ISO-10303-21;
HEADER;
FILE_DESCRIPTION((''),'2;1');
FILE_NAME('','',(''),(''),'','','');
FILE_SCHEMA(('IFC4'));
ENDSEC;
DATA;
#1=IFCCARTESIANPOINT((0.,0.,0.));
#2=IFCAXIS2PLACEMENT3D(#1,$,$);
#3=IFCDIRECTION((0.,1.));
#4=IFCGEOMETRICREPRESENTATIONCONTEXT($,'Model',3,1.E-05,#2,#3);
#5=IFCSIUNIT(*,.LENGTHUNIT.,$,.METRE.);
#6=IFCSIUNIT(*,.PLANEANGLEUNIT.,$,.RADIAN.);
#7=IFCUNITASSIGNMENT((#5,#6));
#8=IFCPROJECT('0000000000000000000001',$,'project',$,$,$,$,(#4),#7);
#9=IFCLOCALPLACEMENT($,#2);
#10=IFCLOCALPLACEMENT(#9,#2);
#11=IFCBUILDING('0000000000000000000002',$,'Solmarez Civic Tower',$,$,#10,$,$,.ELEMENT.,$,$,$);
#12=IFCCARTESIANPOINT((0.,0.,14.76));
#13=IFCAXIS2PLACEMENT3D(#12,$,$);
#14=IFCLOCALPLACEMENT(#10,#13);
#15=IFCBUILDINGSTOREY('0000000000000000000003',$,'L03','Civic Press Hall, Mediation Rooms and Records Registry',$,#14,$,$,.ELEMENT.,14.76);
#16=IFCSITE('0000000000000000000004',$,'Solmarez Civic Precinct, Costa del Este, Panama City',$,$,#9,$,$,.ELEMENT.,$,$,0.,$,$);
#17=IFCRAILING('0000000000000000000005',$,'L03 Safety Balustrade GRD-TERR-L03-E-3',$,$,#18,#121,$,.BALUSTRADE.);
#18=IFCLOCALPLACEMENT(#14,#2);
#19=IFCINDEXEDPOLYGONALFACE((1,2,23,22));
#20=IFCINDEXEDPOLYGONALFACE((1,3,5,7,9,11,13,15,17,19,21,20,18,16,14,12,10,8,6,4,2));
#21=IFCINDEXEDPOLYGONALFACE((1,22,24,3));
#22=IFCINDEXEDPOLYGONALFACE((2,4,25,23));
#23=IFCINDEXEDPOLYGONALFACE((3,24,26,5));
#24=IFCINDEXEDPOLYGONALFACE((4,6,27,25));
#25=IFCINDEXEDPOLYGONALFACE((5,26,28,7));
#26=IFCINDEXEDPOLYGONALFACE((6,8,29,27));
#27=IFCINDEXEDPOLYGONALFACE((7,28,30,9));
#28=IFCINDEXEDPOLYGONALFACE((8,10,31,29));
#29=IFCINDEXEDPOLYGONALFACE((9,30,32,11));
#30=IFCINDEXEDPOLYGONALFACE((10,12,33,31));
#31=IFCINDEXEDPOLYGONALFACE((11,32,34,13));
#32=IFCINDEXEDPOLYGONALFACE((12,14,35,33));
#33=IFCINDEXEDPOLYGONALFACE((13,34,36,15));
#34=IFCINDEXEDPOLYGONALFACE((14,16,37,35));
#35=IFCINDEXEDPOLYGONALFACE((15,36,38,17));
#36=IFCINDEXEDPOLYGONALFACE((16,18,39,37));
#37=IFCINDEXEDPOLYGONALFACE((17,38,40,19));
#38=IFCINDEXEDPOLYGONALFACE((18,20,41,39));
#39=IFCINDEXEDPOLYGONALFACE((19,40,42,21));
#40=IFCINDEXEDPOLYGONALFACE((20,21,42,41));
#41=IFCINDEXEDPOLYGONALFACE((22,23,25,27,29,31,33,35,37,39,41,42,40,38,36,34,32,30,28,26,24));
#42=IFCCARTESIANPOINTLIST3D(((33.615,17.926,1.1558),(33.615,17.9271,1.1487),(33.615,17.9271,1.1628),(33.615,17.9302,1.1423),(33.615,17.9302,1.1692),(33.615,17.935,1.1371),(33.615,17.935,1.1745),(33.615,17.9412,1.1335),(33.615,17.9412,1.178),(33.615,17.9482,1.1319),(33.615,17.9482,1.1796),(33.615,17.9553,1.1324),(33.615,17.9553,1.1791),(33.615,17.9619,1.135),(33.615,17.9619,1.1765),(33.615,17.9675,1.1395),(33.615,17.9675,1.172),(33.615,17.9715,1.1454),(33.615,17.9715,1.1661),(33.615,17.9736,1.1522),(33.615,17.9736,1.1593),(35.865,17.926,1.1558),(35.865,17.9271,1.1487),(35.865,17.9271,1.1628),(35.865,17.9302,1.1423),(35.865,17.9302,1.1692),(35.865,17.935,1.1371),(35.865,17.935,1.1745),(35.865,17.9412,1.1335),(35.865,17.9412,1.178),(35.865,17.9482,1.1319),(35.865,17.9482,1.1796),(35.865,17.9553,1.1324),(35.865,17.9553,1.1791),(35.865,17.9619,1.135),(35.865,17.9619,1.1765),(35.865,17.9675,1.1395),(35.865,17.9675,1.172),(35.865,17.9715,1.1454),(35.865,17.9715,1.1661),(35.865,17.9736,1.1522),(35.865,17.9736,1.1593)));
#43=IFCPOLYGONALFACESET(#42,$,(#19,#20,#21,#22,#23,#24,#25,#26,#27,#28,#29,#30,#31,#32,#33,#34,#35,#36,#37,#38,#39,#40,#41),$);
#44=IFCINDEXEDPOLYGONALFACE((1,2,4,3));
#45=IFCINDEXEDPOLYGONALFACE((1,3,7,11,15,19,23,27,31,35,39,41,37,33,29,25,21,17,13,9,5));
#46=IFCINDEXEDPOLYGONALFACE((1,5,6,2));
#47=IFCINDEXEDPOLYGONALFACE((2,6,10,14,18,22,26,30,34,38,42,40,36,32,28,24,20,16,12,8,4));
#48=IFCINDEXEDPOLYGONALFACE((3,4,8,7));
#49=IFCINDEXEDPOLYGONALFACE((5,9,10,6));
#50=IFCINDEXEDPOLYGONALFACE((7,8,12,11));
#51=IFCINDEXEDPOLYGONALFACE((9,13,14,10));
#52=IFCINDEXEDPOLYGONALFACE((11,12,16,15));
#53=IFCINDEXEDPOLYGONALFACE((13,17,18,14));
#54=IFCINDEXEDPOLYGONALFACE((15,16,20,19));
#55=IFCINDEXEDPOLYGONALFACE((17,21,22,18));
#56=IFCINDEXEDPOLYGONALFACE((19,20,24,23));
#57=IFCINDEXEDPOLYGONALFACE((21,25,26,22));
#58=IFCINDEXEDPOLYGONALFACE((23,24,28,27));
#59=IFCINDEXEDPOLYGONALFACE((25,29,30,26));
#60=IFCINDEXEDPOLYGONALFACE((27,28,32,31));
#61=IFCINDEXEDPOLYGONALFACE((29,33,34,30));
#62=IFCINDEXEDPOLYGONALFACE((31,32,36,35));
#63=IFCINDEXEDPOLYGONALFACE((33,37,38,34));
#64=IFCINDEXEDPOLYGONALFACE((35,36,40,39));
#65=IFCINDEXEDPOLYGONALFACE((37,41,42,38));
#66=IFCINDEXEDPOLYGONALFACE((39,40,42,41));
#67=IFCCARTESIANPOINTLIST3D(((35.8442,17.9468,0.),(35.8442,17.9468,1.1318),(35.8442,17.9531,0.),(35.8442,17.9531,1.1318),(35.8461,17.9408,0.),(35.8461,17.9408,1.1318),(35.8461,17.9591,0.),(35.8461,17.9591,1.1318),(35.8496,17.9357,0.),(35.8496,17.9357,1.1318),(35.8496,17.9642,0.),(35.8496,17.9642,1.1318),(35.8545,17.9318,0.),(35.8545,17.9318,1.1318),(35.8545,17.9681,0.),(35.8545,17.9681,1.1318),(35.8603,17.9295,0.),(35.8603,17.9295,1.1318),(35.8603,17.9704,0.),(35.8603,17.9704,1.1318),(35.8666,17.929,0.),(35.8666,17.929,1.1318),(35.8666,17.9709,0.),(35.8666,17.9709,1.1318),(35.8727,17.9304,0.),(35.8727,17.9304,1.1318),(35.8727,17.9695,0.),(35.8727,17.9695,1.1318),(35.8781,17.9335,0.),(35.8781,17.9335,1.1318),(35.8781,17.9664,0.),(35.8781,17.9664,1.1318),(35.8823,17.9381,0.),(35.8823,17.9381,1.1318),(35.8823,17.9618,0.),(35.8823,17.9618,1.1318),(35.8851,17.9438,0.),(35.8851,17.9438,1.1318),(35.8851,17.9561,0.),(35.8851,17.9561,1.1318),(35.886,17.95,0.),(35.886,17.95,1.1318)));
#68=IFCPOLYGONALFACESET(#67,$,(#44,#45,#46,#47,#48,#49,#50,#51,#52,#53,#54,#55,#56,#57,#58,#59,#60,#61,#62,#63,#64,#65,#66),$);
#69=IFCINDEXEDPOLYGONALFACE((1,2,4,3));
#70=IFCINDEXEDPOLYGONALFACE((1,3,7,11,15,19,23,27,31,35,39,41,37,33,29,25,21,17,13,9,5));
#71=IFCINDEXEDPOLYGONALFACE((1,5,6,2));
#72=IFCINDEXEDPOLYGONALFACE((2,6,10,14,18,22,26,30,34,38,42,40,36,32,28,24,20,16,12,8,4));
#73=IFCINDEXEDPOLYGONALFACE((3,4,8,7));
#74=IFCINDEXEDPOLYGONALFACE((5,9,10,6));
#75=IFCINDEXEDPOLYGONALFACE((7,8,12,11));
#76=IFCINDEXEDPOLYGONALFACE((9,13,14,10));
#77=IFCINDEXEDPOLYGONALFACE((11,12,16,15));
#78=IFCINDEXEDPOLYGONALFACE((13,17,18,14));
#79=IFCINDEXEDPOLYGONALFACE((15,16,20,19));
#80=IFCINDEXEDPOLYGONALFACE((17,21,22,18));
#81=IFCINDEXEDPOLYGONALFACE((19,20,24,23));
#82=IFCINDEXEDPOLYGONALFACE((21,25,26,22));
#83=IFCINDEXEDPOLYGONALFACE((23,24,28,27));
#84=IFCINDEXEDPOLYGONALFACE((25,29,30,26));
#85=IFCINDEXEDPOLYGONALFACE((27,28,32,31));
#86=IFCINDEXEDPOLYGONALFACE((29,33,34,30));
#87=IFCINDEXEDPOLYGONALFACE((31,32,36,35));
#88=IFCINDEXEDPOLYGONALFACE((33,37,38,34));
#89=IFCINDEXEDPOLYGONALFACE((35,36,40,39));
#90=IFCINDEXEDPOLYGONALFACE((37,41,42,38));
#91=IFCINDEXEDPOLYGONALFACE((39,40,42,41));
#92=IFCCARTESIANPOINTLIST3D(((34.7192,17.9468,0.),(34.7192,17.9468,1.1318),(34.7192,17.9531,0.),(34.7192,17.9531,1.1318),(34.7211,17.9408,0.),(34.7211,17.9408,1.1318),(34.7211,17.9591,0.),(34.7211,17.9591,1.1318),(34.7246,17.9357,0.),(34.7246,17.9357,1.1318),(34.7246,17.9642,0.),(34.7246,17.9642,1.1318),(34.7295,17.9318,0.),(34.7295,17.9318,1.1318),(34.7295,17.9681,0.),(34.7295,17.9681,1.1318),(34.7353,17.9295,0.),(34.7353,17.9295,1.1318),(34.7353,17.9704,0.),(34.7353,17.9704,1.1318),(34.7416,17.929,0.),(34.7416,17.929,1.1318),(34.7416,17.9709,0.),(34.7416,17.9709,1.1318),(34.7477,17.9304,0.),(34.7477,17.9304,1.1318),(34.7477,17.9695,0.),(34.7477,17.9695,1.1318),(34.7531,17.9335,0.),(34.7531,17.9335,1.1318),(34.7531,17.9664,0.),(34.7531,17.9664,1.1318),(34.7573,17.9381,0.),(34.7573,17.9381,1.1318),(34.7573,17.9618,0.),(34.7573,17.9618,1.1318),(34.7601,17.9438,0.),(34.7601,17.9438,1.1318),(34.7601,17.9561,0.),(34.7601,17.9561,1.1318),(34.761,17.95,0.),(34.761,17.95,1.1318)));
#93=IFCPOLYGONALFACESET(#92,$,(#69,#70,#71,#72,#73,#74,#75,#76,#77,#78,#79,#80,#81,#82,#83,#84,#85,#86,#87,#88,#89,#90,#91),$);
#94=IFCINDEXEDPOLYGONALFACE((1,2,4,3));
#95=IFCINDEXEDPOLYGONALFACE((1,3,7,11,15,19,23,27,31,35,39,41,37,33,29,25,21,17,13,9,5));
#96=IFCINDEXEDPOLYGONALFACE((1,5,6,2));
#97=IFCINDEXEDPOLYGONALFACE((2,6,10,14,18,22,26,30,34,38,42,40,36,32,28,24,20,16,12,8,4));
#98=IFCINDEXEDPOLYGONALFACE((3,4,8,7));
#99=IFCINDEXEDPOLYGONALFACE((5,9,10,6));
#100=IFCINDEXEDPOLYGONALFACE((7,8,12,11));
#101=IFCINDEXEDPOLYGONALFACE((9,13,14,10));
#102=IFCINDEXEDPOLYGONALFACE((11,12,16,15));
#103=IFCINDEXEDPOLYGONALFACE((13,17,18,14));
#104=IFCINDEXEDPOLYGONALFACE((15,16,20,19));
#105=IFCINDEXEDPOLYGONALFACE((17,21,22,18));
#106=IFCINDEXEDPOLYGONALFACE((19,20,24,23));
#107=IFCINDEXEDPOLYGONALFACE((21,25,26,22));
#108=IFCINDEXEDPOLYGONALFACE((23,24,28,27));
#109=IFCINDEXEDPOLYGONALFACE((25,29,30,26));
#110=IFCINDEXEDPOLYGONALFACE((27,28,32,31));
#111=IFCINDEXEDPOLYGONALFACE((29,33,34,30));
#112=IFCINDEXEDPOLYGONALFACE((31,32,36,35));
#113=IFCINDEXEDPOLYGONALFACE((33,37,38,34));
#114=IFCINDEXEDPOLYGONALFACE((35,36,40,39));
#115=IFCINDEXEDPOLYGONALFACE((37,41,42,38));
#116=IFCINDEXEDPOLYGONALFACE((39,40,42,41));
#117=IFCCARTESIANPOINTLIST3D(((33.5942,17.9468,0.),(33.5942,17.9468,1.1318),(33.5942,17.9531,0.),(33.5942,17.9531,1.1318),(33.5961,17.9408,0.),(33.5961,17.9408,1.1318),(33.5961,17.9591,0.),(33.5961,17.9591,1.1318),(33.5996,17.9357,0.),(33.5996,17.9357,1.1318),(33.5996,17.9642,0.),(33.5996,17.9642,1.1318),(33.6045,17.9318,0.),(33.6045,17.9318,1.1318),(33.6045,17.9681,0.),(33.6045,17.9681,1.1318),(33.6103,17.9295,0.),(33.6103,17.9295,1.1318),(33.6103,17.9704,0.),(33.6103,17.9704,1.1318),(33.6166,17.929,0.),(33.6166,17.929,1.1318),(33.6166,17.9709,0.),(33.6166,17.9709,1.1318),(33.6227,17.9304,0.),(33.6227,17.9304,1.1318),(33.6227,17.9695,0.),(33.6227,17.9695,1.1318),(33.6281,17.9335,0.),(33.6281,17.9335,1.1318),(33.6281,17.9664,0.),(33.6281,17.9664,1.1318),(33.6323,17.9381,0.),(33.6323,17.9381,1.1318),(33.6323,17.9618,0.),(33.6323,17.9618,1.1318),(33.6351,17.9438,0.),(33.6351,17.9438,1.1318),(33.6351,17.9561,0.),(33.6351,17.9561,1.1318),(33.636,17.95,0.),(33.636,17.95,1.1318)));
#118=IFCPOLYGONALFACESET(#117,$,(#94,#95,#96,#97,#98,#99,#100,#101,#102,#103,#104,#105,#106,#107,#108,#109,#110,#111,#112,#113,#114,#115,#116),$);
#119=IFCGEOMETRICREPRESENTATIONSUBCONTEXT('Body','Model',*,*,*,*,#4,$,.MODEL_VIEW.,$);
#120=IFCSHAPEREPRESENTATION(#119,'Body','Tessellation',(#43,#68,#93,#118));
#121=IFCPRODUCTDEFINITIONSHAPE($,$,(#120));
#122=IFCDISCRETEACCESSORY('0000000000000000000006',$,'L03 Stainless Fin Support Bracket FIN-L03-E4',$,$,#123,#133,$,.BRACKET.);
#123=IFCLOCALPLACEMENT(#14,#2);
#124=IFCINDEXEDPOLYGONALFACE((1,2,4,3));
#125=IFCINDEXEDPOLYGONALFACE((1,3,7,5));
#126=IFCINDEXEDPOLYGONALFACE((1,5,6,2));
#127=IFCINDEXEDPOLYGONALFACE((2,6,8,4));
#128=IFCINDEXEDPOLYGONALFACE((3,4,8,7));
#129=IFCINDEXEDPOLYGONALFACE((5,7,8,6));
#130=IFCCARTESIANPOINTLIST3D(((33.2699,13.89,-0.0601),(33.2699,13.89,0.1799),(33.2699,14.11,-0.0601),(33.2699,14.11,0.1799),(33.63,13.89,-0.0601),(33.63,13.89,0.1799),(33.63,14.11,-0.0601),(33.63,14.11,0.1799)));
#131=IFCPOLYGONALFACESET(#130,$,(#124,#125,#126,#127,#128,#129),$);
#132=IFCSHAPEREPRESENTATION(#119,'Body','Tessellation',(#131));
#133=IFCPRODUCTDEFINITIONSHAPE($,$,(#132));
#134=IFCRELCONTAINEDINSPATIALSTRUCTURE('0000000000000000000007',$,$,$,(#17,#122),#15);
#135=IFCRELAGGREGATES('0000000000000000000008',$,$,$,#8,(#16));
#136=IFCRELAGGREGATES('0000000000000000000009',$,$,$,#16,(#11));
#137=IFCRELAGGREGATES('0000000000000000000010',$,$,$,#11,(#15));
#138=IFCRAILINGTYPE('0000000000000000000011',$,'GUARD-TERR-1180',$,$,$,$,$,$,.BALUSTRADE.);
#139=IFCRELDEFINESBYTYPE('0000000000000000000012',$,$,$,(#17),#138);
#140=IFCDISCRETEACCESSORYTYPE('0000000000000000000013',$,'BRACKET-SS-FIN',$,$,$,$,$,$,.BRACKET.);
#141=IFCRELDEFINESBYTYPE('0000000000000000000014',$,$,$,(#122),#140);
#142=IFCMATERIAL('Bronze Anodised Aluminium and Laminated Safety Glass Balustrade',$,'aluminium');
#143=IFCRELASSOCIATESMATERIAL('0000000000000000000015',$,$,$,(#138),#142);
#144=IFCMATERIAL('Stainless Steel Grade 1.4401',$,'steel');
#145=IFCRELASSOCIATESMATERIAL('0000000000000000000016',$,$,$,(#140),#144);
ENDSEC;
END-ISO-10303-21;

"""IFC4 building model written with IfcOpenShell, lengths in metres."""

from ifc_helpers import new_model, si_unit, direction, frame, origin, origin_2d, place, context, subcontext, project, spatial, rectangle, circle, extrude, material, type_object, element, save


model = new_model("IFC4")

# Units and contexts
model_context = context("Model", 3, precision=1e-05, world=origin(), true_north=direction((0.0, 1.0)))
body_context = subcontext(model_context, "Body", "Model", "MODEL_VIEW")
ifc_project = project(units=[si_unit("LENGTHUNIT", "METRE"), si_unit("PLANEANGLEUNIT", "RADIAN")], contexts=[model_context])

# Site, building, storey
site_placement = place(None, origin())
site = spatial("IfcSite", under=ifc_project, at=site_placement, Name="Solmarez Civic Precinct, Costa del Este, Panama City", CompositionType="ELEMENT", RefElevation=0.0)
building_placement = place(site_placement, origin())
building = spatial("IfcBuilding", under=site, at=building_placement, Name="Solmarez Civic Tower", CompositionType="ELEMENT")
storey_placement = place(building_placement, frame((0.0, 0.0, 14.76)))
storey = spatial("IfcBuildingStorey", under=building, at=storey_placement, Name="L03", Description="Civic Press Hall, Mediation Rooms and Records Registry", CompositionType="ELEMENT", Elevation=14.76)

# Railing
ifc_material_1 = material(Name="Bronze Anodised Aluminium and Laminated Safety Glass Balustrade", Category="aluminium")
railing_type_1 = type_object("IfcRailingType", Name="GUARD-TERR-1180", PredefinedType="BALUSTRADE", material=ifc_material_1)
railing_1_placement = place(storey_placement, frame((35.865, 17.95, 0.0)))
element("IfcRailing", 1, at=railing_1_placement, inside=storey, type_object=railing_type_1, Name="L03 Safety Balustrade GRD-TERR-L03-E-3", PredefinedType="BALUSTRADE", context=body_context, shape_type="SweptSolid", body=[
    extrude(circle(Radius=0.0239, at=origin_2d()), frame((0.0, 0.0, 1.1558), z_axis=(-1.0, 0.0, 0.0), x_axis=(0.0, -1.0, 0.0)), (0.0, 0.0, 1.0), 2.25),
    extrude(circle(Radius=0.021, at=origin_2d()), origin(), (0.0, 0.0, 1.0), 1.1318),
    extrude(circle(Radius=0.021, at=origin_2d()), frame((-1.125, 0.0, 0.0)), (0.0, 0.0, 1.0), 1.1318),
    extrude(circle(Radius=0.021, at=origin_2d()), frame((-2.25, 0.0, 0.0)), (0.0, 0.0, 1.0), 1.1318),
])

# Discrete accessory
ifc_material_2 = material(Name="Stainless Steel Grade 1.4401", Category="steel")
discrete_accessory_type = type_object("IfcDiscreteAccessoryType", Name="BRACKET-SS-FIN", PredefinedType="BRACKET", material=ifc_material_2)
discrete_accessory_placement = place(storey_placement, frame((33.45, 14.0, -0.0601), z_axis=(0.0, 0.0, 1.0), x_axis=(1.0, 0.0, 0.0)))
element("IfcDiscreteAccessory", 2, at=discrete_accessory_placement, inside=storey, type_object=discrete_accessory_type, Name="L03 Stainless Fin Support Bracket FIN-L03-E4", PredefinedType="BRACKET", context=body_context, shape_type="SweptSolid", body=[
    extrude(rectangle(XDim=0.3601, YDim=0.22, at=origin_2d()), origin(), (0.0, 0.0, 1.0), 0.24),
])

save(model, "model.ifc")
